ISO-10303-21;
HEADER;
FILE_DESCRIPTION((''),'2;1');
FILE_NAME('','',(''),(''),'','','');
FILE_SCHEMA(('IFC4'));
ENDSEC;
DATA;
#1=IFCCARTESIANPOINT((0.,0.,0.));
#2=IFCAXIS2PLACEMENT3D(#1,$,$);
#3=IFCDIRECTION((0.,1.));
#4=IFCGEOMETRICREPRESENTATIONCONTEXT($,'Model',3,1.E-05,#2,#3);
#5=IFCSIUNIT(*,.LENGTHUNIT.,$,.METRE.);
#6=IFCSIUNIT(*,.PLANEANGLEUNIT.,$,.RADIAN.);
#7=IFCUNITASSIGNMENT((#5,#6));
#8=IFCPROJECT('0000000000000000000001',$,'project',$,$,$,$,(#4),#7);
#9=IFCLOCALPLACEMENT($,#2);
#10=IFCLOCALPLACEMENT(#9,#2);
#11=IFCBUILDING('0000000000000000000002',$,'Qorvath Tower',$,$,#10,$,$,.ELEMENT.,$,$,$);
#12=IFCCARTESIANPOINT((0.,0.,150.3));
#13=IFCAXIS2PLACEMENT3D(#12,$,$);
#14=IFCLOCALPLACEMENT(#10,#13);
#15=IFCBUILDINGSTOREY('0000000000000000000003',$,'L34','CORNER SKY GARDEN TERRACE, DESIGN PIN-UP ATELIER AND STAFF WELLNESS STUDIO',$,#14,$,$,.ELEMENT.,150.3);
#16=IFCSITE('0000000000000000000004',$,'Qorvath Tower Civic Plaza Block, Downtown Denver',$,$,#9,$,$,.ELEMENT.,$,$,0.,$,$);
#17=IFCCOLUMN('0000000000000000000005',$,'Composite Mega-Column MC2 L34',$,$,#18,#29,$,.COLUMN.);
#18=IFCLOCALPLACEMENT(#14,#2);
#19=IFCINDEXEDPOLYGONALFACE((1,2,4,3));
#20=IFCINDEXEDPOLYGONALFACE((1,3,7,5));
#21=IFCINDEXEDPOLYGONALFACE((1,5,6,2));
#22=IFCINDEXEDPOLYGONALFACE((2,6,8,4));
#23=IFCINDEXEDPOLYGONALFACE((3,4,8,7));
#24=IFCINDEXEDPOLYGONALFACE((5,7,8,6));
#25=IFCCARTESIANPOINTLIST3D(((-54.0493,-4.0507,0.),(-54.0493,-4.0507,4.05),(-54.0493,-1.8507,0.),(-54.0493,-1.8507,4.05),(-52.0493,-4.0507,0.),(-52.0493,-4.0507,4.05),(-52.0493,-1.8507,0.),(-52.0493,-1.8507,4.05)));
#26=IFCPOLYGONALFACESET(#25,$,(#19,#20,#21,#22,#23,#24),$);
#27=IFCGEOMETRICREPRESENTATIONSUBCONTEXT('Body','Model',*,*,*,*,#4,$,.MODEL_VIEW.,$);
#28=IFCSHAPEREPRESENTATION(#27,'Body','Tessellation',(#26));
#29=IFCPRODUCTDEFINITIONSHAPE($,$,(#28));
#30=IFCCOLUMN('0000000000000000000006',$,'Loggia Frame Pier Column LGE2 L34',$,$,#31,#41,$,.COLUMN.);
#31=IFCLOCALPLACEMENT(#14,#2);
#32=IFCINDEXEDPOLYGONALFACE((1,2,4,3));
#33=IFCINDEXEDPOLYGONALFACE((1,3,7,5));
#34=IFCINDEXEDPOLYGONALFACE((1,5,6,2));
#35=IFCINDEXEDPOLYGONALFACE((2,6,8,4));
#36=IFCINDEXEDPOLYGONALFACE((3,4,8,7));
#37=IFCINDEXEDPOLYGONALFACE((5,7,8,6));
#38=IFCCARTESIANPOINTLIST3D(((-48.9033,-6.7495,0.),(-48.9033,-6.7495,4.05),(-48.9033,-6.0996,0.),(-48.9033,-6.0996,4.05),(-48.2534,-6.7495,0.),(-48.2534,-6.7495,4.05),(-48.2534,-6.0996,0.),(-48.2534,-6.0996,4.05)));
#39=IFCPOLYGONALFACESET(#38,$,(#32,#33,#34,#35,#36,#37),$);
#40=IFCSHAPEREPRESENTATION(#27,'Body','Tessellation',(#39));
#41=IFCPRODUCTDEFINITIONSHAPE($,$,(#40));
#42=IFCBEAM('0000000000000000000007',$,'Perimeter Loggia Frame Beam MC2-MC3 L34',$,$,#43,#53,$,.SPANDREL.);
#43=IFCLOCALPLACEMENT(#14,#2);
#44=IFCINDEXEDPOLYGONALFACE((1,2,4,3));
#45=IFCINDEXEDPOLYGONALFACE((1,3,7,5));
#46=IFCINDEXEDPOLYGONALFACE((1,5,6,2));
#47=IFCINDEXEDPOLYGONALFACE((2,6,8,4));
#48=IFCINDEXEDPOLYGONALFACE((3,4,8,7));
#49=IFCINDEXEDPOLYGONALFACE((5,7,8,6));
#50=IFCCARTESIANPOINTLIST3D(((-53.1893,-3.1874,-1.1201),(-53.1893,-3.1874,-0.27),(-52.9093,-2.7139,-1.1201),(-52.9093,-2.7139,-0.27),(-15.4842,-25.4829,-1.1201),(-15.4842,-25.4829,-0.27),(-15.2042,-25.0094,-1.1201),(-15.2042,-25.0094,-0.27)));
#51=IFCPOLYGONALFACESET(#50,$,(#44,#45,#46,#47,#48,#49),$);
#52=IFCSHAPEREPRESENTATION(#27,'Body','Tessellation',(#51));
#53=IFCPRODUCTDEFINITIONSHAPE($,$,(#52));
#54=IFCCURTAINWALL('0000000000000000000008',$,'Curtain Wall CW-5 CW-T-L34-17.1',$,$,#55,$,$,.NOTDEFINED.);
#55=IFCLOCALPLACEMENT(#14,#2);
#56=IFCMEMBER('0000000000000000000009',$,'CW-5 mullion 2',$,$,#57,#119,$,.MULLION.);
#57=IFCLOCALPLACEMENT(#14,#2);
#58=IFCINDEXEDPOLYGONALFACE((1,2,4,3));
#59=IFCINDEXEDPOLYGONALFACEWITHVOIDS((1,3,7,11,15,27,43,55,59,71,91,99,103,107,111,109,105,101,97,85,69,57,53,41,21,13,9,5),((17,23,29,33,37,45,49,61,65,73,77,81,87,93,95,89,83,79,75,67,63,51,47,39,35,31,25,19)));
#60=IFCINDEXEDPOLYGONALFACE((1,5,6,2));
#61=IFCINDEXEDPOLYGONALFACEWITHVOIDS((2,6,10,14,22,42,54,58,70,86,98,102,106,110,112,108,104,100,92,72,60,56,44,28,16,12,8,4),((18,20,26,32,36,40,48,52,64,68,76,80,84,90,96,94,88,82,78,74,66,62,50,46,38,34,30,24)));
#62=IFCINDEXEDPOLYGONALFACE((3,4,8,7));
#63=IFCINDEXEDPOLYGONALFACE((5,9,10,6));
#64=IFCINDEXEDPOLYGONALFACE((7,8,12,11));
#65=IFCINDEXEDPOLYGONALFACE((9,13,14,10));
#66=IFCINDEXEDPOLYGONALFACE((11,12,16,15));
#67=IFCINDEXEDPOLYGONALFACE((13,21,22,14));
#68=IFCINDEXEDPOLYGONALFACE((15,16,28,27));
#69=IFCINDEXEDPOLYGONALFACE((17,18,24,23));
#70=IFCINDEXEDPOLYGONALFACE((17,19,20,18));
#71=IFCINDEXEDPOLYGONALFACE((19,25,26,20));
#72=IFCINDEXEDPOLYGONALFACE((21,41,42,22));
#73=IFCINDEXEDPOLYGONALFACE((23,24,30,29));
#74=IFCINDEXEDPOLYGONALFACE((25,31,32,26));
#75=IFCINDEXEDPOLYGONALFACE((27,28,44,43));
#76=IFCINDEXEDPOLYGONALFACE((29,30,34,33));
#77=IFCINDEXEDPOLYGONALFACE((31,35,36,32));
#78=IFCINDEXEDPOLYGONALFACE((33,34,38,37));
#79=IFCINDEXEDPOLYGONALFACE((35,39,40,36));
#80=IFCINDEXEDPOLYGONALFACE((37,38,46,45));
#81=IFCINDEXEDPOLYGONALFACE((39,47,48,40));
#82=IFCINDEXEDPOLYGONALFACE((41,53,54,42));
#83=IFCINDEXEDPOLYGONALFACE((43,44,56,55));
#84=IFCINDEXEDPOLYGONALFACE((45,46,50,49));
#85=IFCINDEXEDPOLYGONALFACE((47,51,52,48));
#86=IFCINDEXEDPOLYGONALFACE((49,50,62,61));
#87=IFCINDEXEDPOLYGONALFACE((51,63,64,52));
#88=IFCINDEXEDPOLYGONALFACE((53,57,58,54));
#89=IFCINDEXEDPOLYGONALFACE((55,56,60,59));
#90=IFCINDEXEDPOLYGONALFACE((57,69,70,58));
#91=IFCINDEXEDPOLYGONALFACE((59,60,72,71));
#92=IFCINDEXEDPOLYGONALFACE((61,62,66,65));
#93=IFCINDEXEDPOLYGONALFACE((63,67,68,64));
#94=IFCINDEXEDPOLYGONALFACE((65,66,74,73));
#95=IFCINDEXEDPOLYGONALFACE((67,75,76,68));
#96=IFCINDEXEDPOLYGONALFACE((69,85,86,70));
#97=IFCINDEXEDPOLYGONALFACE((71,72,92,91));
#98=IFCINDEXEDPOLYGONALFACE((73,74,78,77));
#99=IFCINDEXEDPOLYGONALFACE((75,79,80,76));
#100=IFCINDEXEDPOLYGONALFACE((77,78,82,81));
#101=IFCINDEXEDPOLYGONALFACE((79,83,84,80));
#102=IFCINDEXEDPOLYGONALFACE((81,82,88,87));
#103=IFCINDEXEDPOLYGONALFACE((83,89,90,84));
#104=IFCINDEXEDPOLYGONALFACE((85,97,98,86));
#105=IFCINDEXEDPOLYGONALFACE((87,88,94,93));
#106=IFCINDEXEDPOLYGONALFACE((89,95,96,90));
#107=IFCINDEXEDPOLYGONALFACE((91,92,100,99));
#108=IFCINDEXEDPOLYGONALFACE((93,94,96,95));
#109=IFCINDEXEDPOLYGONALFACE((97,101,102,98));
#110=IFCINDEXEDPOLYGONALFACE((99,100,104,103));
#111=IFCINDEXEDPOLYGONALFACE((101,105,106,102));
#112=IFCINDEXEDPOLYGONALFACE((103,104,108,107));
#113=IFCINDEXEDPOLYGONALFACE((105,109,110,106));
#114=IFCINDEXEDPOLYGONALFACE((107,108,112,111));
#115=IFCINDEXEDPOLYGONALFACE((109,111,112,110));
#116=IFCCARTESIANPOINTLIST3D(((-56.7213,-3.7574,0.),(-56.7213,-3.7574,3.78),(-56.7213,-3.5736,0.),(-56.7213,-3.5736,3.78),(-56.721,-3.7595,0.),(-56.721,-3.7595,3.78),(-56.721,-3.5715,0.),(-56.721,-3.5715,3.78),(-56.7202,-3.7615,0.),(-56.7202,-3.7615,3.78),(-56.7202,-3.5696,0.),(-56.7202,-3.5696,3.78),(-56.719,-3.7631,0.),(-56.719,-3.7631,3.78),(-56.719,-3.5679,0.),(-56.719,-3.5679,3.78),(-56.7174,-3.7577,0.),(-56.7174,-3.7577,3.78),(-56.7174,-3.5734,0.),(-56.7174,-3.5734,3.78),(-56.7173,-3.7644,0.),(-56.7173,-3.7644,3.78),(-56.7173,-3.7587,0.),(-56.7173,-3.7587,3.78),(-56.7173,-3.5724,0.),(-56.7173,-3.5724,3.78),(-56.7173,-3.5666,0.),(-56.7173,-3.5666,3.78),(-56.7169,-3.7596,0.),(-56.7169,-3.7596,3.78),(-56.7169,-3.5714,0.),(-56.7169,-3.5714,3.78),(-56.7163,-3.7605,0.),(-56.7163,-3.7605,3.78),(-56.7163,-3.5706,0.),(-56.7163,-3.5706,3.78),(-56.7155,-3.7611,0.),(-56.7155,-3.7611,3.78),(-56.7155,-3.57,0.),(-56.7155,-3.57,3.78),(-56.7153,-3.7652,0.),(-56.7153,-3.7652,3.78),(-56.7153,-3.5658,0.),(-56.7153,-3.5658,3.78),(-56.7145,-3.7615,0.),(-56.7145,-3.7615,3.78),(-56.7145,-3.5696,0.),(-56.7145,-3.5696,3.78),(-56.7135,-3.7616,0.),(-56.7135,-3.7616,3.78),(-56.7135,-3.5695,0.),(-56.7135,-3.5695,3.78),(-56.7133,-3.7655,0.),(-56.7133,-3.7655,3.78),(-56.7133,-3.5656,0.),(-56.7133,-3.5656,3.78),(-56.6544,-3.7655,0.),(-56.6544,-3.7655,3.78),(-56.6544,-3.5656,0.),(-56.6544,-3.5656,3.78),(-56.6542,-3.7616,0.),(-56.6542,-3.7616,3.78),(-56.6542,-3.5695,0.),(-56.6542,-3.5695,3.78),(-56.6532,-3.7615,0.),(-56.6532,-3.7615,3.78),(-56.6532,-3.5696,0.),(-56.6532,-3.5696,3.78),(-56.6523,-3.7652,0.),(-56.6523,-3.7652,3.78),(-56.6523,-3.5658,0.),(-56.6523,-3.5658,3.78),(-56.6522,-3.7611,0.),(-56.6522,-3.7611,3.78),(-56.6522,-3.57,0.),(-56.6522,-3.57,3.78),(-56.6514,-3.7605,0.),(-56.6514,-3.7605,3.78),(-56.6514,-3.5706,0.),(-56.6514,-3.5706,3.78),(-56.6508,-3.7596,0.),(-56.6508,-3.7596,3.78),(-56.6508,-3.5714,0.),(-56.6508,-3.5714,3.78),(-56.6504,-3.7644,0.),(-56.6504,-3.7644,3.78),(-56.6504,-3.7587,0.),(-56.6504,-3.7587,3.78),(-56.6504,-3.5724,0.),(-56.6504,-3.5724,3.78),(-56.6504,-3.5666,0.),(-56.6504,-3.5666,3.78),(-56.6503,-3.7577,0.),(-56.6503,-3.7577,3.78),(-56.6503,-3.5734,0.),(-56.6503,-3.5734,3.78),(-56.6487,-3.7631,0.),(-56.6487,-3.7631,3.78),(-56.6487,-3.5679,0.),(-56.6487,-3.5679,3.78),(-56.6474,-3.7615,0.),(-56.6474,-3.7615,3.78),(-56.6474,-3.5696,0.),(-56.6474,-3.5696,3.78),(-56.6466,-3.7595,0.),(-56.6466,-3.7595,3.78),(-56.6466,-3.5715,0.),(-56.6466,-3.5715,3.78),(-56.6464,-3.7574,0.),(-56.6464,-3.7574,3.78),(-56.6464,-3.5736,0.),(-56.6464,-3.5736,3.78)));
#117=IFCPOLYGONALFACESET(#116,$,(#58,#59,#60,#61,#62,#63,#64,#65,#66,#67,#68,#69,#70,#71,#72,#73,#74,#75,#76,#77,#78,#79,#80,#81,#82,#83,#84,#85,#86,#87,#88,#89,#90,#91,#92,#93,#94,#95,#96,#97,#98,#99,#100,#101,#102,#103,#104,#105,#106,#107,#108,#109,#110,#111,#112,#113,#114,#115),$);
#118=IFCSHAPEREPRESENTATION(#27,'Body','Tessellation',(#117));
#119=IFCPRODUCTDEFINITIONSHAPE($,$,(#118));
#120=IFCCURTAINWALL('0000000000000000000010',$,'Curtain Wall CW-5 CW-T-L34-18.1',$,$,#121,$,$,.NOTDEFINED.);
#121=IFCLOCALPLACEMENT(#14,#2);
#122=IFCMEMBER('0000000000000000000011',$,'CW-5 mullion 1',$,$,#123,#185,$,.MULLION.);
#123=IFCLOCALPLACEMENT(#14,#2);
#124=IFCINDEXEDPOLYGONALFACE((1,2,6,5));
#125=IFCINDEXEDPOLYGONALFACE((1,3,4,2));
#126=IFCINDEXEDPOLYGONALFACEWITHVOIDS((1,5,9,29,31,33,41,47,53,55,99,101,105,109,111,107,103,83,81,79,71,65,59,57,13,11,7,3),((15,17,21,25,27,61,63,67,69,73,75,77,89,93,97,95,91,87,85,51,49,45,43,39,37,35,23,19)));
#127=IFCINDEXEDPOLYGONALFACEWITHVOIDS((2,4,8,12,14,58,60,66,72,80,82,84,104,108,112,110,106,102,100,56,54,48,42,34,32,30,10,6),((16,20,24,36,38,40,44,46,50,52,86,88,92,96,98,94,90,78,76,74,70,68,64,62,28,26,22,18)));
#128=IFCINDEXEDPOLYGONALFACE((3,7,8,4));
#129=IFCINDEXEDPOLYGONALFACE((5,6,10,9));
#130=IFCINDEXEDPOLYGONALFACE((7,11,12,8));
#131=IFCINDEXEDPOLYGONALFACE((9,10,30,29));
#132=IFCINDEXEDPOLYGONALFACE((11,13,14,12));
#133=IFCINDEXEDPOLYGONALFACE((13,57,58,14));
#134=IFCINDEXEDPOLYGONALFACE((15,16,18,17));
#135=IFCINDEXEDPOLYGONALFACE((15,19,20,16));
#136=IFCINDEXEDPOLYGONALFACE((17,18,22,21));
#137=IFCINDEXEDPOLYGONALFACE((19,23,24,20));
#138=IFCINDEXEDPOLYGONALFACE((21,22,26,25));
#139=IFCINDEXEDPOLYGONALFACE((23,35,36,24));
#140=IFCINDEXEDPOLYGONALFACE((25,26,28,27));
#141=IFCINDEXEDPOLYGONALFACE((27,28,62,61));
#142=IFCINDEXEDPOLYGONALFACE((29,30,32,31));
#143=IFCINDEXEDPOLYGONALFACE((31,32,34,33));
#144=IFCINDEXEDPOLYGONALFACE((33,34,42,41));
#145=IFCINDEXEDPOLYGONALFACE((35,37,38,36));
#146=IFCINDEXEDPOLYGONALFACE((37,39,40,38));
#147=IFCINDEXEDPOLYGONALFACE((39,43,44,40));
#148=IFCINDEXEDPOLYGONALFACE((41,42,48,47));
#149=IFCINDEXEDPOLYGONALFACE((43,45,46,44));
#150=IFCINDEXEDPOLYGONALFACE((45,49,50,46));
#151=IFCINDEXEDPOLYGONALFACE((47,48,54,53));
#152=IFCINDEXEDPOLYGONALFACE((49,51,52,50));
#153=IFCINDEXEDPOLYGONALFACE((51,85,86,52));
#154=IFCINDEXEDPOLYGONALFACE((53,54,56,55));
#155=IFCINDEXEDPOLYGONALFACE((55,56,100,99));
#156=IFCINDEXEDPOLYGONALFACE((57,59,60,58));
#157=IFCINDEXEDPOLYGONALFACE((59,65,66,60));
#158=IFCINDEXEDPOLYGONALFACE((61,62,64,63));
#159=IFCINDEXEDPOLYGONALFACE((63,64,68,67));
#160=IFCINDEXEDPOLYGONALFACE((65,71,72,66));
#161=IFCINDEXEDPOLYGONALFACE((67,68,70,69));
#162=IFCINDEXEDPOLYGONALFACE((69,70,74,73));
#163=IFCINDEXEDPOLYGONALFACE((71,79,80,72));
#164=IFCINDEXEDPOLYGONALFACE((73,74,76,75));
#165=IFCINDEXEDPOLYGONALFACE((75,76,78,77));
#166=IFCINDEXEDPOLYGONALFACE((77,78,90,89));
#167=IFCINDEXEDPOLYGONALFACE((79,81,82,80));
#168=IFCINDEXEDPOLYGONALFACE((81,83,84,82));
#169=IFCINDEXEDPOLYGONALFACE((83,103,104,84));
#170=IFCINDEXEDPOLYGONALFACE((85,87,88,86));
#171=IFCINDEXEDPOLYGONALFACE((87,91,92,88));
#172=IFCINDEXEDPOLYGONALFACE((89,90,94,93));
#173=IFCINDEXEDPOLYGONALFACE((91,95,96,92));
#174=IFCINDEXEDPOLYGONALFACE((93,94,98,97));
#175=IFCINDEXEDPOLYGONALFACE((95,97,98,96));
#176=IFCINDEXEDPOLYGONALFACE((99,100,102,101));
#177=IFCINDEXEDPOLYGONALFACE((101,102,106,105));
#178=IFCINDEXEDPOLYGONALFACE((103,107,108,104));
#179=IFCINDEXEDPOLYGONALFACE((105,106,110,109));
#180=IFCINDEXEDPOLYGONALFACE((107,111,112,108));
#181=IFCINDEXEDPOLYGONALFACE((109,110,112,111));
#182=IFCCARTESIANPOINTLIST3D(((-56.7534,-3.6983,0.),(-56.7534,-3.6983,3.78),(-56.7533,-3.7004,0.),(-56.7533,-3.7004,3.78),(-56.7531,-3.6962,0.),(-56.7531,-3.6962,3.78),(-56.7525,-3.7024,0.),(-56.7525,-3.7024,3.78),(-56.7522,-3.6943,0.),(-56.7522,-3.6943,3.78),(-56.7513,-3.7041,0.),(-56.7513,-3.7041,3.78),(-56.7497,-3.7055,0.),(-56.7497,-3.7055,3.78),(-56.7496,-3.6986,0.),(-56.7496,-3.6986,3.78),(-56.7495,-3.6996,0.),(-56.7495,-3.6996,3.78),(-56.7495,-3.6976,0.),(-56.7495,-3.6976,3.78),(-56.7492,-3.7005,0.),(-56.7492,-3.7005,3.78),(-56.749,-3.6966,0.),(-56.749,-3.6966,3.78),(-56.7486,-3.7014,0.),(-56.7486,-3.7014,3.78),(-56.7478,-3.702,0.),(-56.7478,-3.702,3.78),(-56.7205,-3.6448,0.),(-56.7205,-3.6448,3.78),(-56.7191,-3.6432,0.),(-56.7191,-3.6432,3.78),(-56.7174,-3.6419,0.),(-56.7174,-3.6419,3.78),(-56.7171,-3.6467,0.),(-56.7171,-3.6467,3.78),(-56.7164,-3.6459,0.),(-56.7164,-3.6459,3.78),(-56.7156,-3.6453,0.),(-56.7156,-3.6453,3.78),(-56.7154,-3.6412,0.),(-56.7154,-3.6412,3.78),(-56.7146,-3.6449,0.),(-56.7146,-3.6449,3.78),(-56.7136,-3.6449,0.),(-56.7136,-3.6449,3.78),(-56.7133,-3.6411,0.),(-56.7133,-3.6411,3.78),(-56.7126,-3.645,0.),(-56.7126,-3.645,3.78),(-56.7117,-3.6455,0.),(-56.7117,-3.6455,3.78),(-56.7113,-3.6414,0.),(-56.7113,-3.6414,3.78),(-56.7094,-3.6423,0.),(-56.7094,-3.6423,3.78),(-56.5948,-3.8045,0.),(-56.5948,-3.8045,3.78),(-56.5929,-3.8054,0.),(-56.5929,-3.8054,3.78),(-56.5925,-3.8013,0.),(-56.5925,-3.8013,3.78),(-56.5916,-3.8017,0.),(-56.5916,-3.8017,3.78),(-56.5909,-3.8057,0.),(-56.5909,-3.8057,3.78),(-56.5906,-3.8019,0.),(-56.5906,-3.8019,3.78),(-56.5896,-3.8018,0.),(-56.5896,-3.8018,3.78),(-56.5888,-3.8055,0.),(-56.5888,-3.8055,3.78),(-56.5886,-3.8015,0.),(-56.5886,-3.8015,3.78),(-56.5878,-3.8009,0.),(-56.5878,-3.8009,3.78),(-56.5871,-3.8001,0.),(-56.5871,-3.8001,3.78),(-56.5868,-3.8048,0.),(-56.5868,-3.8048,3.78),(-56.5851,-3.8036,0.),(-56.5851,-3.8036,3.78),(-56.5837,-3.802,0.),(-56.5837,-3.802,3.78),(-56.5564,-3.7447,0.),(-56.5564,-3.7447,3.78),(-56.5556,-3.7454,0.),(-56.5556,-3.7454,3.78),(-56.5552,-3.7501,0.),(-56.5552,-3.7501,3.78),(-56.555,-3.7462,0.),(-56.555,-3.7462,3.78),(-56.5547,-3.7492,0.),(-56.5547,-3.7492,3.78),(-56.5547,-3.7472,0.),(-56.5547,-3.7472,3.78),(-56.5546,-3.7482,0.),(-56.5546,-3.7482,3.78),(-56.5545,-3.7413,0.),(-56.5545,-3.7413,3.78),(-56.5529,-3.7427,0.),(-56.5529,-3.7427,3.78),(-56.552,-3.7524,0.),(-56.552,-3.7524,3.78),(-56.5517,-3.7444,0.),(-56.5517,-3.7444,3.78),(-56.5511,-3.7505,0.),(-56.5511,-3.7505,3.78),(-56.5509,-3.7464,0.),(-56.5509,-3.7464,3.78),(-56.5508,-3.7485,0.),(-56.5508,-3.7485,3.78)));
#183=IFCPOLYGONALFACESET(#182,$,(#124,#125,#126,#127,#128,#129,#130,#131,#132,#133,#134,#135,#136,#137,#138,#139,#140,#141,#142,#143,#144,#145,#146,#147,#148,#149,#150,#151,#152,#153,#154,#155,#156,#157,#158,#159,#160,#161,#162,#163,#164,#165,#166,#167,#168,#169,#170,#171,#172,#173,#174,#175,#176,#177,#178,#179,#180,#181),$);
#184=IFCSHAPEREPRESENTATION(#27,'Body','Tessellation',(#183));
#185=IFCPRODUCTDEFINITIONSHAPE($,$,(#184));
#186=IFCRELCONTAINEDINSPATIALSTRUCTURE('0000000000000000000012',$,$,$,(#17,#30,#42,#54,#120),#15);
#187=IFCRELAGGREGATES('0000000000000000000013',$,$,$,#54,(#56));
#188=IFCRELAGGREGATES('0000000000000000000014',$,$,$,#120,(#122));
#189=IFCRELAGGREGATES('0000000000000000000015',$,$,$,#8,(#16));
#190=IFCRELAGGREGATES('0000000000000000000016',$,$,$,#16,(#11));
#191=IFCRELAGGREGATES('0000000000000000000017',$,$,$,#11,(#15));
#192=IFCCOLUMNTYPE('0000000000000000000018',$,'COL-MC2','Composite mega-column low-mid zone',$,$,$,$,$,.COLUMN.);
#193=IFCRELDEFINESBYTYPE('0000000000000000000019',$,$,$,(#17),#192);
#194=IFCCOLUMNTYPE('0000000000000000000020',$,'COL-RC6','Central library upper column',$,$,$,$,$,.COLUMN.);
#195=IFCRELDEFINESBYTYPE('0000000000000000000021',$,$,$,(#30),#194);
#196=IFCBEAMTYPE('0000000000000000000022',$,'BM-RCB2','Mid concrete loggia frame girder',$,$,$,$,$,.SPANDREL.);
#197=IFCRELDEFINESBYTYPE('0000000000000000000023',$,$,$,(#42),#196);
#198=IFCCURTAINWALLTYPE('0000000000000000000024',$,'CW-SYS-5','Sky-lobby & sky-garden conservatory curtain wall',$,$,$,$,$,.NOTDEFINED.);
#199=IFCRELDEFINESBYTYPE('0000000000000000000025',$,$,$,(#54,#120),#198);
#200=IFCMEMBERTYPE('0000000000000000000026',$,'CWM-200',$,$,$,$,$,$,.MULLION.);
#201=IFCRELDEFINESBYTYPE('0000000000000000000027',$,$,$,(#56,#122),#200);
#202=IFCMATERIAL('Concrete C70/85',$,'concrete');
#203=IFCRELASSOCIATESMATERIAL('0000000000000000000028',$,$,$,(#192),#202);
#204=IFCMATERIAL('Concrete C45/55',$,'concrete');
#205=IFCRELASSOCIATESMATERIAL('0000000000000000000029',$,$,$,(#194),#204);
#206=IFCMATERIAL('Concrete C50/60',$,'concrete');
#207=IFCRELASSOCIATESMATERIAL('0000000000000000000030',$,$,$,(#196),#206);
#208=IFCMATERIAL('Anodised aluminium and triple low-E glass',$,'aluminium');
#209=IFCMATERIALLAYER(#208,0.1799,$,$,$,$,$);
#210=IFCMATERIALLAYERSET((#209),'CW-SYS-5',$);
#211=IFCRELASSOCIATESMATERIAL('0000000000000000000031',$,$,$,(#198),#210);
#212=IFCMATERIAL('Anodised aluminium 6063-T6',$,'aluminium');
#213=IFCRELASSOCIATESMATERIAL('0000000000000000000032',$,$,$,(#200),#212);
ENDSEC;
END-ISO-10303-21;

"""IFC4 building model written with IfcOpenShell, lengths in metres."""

from ifc_helpers import new_model, si_unit, direction, frame, origin, origin_2d, place, context, subcontext, project, spatial, rectangle, hollow_rectangle, extrude, material, layer, layer_set, material_profile, profile_set, type_object, element, aggregate, save


model = new_model("IFC4")

# Units and contexts
model_context = context("Model", 3, precision=1e-05, world=origin(), true_north=direction((0.0, 1.0)))
body_context = subcontext(model_context, "Body", "Model", "MODEL_VIEW")
ifc_project = project(units=[si_unit("LENGTHUNIT", "METRE"), si_unit("PLANEANGLEUNIT", "RADIAN")], contexts=[model_context])

# Site, building, storey
site_placement = place(None, origin())
site = spatial("IfcSite", under=ifc_project, at=site_placement, Name="Qorvath Tower Civic Plaza Block, Downtown Denver", CompositionType="ELEMENT", RefElevation=0.0)
building_placement = place(site_placement, origin())
building = spatial("IfcBuilding", under=site, at=building_placement, Name="Qorvath Tower", CompositionType="ELEMENT")
storey_placement = place(building_placement, frame((0.0, 0.0, 150.3)))
storey = spatial("IfcBuildingStorey", under=building, at=storey_placement, Name="L34", Description="CORNER SKY GARDEN TERRACE, DESIGN PIN-UP ATELIER AND STAFF WELLNESS STUDIO", CompositionType="ELEMENT", Elevation=150.3)

# Columns
ifc_material_1 = material(Name="Concrete C70/85", Category="concrete")
ifc_material_profile_1 = material_profile(ifc_material_1, rectangle(XDim=2.0, YDim=2.2, at=origin_2d()), Name="MC 2200x2000")
ifc_profile_set_1 = profile_set([ifc_material_profile_1], Name="Concrete C70/85")
column_type_1 = type_object("IfcColumnType", Name="COL-MC2", Description="Composite mega-column low-mid zone", PredefinedType="COLUMN", material=ifc_profile_set_1)
column_1_placement = place(storey_placement, frame((-53.0493, -2.9507, 0.0), z_axis=(0.0, 0.0, 1.0), x_axis=(1.0, 0.0, 0.0)))
element("IfcColumn", 1, at=column_1_placement, inside=storey, type_object=column_type_1, Name="Composite Mega-Column MC2 L34", PredefinedType="COLUMN", context=body_context, shape_type="SweptSolid", body=[
    extrude(rectangle(XDim=2.0, YDim=2.2, at=origin_2d()), origin(), (0.0, 0.0, 1.0), 4.05),
])
ifc_material_2 = material(Name="Concrete C45/55", Category="concrete")
ifc_material_profile_2 = material_profile(ifc_material_2, rectangle(XDim=0.6499, YDim=0.6499, at=origin_2d()), Name="RC 650x650")
ifc_profile_set_2 = profile_set([ifc_material_profile_2], Name="Concrete C45/55")
column_type_2 = type_object("IfcColumnType", Name="COL-RC6", Description="Central library upper column", PredefinedType="COLUMN", material=ifc_profile_set_2)
column_2_placement = place(storey_placement, frame((-48.5784, -6.4246, 0.0), z_axis=(0.0, 0.0, 1.0), x_axis=(1.0, 0.0, 0.0)))
element("IfcColumn", 2, at=column_2_placement, inside=storey, type_object=column_type_2, Name="Loggia Frame Pier Column LGE2 L34", PredefinedType="COLUMN", context=body_context, shape_type="SweptSolid", body=[
    extrude(rectangle(XDim=0.6499, YDim=0.6499, at=origin_2d()), origin(), (0.0, 0.0, 1.0), 4.05),
])

# Beam
ifc_material_3 = material(Name="Concrete C50/60", Category="concrete")
ifc_material_profile_3 = material_profile(ifc_material_3, rectangle(XDim=0.55, YDim=0.8501, at=origin_2d()), Name="RCB 850x550")
ifc_profile_set_3 = profile_set([ifc_material_profile_3], Name="Concrete C50/60")
beam_type = type_object("IfcBeamType", Name="BM-RCB2", Description="Mid concrete loggia frame girder", PredefinedType="SPANDREL", material=ifc_profile_set_3)
beam_placement = place(storey_placement, frame((-53.0493, -2.9507, -0.6951), z_axis=(0.860775, -0.508985, 0.0), x_axis=(0.508985, 0.860775, 0.0)))
element("IfcBeam", 3, at=beam_placement, inside=storey, type_object=beam_type, Name="Perimeter Loggia Frame Beam MC2-MC3 L34", PredefinedType="SPANDREL", context=body_context, shape_type="SweptSolid", body=[
    extrude(rectangle(XDim=0.55, YDim=0.8501, at=origin_2d()), origin(), (0.0, 0.0, 1.0), 43.8037),
])

# Curtain wall, member
ifc_material_4 = material(Name="Anodised aluminium and triple low-E glass", Category="aluminium")
ifc_layer_1 = layer(ifc_material_4, 0.1799)
ifc_layer_set_1 = layer_set([ifc_layer_1], Name="CW-SYS-5")
curtain_wall_type = type_object("IfcCurtainWallType", Name="CW-SYS-5", Description="Sky-lobby & sky-garden conservatory curtain wall", PredefinedType="NOTDEFINED", material=ifc_layer_set_1)
curtain_wall_1_placement = place(storey_placement, origin())
curtain_wall_1 = element("IfcCurtainWall", 4, at=curtain_wall_1_placement, inside=storey, type_object=curtain_wall_type, Name="Curtain Wall CW-5 CW-T-L34-17.1", PredefinedType="NOTDEFINED")
ifc_material_5 = material(Name="Anodised aluminium 6063-T6", Category="aluminium")
ifc_material_profile_4 = material_profile(ifc_material_5, hollow_rectangle(XDim=0.075, YDim=0.2, WallThickness=0.0039, InnerFilletRadius=0.0039, OuterFilletRadius=0.0081, at=origin_2d()), Name="CWM 200x75")
ifc_profile_set_4 = profile_set([ifc_material_profile_4], Name="Anodised aluminium 6063-T6")
member_type_1 = type_object("IfcMemberType", Name="CWM-200", PredefinedType="MULLION", material=ifc_profile_set_4)
member_1_placement = place(storey_placement, frame((-56.6838, -3.6655, 0.0), z_axis=(0.0, 0.0, 1.0), x_axis=(1.0, 0.0, 0.0)))
member_1 = element("IfcMember", 5, at=member_1_placement, type_object=member_type_1, Name="CW-5 mullion 2", PredefinedType="MULLION", context=body_context, shape_type="SweptSolid", body=[
    extrude(hollow_rectangle(XDim=0.075, YDim=0.2, WallThickness=0.0039, InnerFilletRadius=0.0039, OuterFilletRadius=0.0081, at=origin_2d()), origin(), (0.0, 0.0, 1.0), 3.78),
])

# Curtain wall, member
curtain_wall_2_placement = place(storey_placement, origin())
curtain_wall_2 = element("IfcCurtainWall", 6, at=curtain_wall_2_placement, inside=storey, type_object=curtain_wall_type, Name="Curtain Wall CW-5 CW-T-L34-18.1", PredefinedType="NOTDEFINED")
member_2_placement = place(storey_placement, frame((-56.6521, -3.7234, 0.0), z_axis=(0.0, 0.0, 1.0), x_axis=(0.538536, 0.842602, 0.0)))
member_2 = element("IfcMember", 7, at=member_2_placement, type_object=member_type_1, Name="CW-5 mullion 1", PredefinedType="MULLION", context=body_context, shape_type="SweptSolid", body=[
    extrude(hollow_rectangle(XDim=0.075, YDim=0.2, WallThickness=0.0039, InnerFilletRadius=0.0039, OuterFilletRadius=0.0081, at=origin_2d()), origin(), (0.0, 0.0, 1.0), 3.78),
])

aggregate(curtain_wall_1, [member_1])
aggregate(curtain_wall_2, [member_2])

save(model, "model.ifc")
